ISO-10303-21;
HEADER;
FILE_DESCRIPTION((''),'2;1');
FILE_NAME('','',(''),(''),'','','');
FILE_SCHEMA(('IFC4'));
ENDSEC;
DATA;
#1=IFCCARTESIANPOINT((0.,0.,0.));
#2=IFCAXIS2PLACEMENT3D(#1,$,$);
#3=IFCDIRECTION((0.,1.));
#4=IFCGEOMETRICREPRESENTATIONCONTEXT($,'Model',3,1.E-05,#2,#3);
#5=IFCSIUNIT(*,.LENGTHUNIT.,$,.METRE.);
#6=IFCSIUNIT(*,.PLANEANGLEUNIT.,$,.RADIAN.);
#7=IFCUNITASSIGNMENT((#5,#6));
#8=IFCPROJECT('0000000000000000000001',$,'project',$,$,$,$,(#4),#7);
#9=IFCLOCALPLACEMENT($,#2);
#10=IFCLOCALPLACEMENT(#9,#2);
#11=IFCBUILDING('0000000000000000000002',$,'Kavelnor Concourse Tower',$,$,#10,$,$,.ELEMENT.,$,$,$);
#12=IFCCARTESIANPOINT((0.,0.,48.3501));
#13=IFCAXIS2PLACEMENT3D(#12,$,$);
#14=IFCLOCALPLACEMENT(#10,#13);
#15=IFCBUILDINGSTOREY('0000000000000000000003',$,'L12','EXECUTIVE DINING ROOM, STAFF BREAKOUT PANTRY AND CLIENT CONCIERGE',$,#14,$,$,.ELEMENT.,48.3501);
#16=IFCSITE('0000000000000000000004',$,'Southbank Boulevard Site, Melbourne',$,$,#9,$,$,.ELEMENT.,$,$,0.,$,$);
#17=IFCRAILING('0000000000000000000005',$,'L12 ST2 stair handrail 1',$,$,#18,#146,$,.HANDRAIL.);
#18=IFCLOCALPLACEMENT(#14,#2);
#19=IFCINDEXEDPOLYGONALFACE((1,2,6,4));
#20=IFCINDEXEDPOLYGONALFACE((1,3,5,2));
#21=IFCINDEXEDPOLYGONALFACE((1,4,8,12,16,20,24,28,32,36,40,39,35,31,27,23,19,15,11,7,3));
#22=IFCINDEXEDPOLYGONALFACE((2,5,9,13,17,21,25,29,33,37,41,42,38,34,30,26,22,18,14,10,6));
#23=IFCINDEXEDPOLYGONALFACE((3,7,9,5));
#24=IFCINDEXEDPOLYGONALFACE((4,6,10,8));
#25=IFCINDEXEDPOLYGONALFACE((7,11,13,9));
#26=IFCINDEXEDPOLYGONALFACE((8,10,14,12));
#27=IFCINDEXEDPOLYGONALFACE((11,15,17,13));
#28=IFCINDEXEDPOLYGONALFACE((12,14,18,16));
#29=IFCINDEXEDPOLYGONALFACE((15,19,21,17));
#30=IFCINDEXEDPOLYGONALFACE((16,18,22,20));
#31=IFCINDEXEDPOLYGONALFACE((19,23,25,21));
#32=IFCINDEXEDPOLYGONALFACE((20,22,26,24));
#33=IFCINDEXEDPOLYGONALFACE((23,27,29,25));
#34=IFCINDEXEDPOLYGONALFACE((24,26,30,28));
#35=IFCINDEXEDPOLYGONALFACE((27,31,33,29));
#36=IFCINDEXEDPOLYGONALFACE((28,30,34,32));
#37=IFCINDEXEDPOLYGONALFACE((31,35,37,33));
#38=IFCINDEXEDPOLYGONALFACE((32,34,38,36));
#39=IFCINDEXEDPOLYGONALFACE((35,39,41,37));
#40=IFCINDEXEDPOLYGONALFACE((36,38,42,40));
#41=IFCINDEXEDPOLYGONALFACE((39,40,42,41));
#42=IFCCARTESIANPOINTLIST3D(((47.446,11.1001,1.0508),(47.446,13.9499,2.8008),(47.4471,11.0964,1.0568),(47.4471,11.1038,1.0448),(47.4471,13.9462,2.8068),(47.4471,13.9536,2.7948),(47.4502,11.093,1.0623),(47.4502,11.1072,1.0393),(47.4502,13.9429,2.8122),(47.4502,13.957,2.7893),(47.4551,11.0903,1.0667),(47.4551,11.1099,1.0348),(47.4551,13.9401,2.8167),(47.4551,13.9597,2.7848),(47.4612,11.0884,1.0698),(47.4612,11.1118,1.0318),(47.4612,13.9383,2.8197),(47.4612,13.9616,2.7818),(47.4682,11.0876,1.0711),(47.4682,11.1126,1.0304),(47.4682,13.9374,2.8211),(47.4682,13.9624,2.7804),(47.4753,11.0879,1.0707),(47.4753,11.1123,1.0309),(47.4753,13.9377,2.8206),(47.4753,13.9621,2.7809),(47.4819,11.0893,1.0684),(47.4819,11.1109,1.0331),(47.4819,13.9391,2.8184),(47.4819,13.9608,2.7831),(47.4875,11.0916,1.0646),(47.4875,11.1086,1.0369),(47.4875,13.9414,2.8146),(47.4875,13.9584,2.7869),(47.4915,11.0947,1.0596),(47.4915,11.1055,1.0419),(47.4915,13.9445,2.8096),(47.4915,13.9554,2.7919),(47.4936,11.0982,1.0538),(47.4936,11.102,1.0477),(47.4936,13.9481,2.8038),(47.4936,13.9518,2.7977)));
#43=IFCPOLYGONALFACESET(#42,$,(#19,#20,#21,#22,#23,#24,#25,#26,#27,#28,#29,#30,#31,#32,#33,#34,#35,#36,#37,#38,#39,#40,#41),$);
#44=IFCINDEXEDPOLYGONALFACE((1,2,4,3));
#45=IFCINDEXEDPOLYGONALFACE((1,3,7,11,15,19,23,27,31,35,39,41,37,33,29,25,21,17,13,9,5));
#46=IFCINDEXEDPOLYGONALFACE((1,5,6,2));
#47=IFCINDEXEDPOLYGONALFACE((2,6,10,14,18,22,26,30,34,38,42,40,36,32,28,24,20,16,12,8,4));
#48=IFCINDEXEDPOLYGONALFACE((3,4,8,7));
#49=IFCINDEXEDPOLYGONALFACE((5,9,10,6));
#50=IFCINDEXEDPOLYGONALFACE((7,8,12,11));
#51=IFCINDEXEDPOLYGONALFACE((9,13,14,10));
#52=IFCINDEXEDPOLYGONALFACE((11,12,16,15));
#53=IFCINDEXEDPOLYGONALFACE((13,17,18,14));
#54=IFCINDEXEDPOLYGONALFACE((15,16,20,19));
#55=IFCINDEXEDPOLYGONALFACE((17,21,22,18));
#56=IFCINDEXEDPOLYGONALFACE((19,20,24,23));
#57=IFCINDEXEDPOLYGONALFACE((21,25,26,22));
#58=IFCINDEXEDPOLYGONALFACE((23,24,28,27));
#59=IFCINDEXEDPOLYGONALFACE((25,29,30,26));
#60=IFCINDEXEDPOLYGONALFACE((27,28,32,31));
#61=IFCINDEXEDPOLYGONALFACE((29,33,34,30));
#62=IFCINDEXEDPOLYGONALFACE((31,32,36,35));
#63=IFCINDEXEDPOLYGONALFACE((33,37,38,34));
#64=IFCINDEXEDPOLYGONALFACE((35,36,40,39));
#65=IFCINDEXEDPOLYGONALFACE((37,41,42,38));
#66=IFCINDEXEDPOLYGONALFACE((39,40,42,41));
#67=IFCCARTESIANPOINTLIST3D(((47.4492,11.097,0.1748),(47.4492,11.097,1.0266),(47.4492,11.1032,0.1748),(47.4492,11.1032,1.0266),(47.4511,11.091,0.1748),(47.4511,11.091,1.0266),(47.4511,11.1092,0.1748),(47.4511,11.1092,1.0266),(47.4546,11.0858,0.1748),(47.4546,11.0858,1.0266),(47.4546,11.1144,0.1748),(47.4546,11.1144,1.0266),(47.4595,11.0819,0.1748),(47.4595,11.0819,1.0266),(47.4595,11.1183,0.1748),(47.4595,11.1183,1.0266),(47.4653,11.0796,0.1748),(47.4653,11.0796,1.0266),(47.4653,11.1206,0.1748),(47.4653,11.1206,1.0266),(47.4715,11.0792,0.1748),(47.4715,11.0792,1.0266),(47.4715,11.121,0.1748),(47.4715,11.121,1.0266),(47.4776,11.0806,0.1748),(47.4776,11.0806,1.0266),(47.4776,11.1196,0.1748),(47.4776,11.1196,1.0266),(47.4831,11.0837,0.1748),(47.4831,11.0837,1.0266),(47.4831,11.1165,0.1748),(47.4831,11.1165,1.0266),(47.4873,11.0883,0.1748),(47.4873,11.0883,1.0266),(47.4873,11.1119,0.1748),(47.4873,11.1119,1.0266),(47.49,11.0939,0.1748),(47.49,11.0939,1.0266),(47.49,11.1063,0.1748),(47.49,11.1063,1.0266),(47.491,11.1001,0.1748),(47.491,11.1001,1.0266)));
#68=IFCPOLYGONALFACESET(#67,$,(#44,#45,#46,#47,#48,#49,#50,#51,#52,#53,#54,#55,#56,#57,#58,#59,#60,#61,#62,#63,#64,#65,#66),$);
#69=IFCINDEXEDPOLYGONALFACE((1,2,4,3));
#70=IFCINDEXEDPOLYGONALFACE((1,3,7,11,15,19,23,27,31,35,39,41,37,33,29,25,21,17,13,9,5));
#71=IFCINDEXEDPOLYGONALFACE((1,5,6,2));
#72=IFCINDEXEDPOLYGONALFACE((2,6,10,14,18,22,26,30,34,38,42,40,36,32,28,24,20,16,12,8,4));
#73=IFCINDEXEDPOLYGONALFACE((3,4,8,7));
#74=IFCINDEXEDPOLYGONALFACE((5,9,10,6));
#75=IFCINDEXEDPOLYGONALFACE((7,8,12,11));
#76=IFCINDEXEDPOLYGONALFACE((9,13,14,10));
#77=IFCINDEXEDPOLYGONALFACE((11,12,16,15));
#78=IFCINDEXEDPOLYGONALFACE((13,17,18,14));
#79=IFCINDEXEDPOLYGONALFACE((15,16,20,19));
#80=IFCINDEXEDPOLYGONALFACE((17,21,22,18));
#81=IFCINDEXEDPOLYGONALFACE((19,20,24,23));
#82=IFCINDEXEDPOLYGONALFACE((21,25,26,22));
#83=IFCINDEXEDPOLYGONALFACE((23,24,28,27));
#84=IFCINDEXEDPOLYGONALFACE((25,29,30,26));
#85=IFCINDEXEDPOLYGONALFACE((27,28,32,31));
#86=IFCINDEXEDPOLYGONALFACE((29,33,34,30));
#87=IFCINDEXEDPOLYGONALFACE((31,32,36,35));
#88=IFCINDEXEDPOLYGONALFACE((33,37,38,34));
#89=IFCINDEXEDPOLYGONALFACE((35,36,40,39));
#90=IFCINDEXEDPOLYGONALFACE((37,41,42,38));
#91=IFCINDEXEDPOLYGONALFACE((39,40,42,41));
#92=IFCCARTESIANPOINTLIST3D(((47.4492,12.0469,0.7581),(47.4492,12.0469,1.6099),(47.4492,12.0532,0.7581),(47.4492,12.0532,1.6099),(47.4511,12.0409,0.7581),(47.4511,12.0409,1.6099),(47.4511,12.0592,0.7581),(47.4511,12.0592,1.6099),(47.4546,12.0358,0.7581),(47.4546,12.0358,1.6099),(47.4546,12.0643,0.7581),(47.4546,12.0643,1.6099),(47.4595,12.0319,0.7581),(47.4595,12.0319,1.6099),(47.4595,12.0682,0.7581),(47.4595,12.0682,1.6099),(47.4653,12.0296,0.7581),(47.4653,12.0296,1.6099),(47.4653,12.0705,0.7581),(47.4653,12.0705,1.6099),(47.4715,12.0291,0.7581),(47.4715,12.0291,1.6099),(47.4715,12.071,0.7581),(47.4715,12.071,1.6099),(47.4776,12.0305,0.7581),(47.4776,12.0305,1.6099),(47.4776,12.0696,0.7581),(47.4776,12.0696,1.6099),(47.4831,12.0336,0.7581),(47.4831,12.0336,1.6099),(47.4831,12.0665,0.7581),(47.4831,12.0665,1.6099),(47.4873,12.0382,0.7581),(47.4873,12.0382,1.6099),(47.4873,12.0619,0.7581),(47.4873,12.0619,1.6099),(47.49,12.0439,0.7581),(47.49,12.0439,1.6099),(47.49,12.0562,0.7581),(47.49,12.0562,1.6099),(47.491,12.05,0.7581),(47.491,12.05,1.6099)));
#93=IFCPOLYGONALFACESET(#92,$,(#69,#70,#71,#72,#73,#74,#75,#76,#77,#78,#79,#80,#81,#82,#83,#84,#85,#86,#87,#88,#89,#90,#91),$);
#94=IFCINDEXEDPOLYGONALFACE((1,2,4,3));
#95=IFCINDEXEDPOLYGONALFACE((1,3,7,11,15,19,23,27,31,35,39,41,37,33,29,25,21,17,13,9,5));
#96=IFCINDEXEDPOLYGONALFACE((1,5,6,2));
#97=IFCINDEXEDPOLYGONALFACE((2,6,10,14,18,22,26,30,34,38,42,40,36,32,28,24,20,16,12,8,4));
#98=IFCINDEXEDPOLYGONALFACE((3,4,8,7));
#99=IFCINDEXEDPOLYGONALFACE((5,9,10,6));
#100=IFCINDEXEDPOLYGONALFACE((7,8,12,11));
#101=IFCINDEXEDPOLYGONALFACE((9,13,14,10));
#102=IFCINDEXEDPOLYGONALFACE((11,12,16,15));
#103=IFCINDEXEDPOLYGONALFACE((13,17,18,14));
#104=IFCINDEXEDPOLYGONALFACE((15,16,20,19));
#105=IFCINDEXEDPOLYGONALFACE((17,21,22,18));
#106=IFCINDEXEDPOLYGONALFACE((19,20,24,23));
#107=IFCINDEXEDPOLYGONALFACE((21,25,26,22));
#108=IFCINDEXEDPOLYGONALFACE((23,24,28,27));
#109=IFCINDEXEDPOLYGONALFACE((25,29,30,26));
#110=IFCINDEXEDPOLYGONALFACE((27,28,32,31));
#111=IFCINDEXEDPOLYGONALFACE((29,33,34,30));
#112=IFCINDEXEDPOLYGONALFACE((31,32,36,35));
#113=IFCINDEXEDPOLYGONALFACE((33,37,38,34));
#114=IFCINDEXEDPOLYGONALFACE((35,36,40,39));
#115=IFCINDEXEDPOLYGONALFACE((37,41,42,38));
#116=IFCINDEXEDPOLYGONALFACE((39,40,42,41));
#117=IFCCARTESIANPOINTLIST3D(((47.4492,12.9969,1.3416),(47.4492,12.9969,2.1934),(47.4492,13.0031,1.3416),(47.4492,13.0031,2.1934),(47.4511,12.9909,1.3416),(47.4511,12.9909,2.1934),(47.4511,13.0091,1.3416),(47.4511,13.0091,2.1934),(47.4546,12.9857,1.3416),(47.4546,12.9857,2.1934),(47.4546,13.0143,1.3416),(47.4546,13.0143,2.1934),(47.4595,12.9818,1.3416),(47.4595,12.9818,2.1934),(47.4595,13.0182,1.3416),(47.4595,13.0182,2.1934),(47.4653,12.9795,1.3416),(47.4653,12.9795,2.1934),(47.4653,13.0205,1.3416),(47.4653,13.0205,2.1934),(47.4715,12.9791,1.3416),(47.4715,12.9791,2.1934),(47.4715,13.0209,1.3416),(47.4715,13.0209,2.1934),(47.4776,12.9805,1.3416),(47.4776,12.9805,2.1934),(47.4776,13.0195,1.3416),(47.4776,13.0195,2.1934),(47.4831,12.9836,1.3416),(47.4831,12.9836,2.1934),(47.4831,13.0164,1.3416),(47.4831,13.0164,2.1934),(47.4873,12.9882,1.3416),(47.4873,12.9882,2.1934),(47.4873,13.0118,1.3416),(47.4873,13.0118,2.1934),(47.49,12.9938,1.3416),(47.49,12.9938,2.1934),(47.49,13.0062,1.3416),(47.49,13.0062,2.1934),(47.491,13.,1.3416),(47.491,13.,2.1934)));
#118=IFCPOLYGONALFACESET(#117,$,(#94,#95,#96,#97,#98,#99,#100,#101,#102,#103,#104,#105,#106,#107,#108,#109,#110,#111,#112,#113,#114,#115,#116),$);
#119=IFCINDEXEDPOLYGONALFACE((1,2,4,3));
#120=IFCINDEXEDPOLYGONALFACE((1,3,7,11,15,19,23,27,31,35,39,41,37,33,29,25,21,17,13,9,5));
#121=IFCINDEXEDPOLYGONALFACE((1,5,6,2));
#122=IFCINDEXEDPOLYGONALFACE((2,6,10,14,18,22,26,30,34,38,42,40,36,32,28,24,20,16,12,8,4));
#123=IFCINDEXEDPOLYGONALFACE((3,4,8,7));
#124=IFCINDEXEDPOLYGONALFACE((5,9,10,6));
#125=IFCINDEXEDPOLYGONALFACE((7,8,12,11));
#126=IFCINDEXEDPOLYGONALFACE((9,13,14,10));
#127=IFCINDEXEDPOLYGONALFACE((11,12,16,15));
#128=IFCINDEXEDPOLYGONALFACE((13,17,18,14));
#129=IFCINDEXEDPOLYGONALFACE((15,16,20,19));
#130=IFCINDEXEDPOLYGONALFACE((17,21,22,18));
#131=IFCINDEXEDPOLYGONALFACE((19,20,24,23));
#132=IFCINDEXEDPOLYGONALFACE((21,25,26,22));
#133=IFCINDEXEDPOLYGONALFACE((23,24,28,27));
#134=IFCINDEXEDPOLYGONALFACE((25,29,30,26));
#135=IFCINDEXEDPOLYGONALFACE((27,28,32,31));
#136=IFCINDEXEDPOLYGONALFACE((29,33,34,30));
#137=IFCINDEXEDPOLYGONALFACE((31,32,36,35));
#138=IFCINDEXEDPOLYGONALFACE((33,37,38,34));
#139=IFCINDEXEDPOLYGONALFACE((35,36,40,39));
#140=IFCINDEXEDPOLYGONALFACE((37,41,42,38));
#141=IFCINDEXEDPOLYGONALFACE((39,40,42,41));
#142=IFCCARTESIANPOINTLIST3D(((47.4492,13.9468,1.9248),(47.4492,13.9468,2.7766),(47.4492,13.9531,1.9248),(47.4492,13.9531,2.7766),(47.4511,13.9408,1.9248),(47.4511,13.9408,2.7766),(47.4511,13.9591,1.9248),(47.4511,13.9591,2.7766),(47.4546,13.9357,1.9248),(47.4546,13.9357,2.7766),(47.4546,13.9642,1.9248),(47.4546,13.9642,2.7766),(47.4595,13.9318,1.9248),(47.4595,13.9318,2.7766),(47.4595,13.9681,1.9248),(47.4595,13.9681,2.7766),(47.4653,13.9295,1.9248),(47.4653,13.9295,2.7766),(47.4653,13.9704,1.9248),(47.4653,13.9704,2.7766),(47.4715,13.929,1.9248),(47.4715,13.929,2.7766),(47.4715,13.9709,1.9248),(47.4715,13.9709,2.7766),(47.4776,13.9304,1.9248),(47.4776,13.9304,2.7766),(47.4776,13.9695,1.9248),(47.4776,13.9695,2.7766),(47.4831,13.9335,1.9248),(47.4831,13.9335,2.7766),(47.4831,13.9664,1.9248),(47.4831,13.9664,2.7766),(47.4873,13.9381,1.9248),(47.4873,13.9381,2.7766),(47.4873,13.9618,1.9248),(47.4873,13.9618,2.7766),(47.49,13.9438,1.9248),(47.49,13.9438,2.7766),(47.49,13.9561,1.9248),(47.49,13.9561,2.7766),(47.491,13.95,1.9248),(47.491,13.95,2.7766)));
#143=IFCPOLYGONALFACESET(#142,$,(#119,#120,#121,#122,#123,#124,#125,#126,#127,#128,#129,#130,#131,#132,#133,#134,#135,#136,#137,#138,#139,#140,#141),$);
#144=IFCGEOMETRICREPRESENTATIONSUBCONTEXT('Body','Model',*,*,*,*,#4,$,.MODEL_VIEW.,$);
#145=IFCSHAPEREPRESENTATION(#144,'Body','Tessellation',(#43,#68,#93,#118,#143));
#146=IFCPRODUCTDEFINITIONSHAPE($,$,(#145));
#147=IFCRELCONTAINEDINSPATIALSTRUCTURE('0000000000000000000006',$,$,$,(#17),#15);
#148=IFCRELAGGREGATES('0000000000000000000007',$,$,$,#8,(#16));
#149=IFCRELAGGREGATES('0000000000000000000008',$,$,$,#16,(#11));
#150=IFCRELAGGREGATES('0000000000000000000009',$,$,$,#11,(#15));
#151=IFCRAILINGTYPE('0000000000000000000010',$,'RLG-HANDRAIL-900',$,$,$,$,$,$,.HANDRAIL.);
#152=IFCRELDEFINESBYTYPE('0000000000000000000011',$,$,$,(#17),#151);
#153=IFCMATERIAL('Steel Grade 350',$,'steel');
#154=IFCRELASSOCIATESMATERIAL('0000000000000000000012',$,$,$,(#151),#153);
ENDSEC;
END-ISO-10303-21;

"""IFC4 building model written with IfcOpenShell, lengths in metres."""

from ifc_helpers import new_model, si_unit, direction, frame, origin, origin_2d, place, context, subcontext, project, spatial, circle, extrude, material, type_object, element, save


model = new_model("IFC4")

# Units and contexts
model_context = context("Model", 3, precision=1e-05, world=origin(), true_north=direction((0.0, 1.0)))
body_context = subcontext(model_context, "Body", "Model", "MODEL_VIEW")
ifc_project = project(units=[si_unit("LENGTHUNIT", "METRE"), si_unit("PLANEANGLEUNIT", "RADIAN")], contexts=[model_context])

# Site, building, storey
site_placement = place(None, origin())
site = spatial("IfcSite", under=ifc_project, at=site_placement, Name="Southbank Boulevard Site, Melbourne", CompositionType="ELEMENT", RefElevation=0.0)
building_placement = place(site_placement, origin())
building = spatial("IfcBuilding", under=site, at=building_placement, Name="Kavelnor Concourse Tower", CompositionType="ELEMENT")
storey_placement = place(building_placement, frame((0.0, 0.0, 48.3501)))
storey = spatial("IfcBuildingStorey", under=building, at=storey_placement, Name="L12", Description="EXECUTIVE DINING ROOM, STAFF BREAKOUT PANTRY AND CLIENT CONCIERGE", CompositionType="ELEMENT", Elevation=48.3501)

# Shared definitions
ifc_material_1 = material(Name="Steel Grade 350", Category="steel")

# Railing
railing_type_1 = type_object("IfcRailingType", Name="RLG-HANDRAIL-900", PredefinedType="HANDRAIL", material=ifc_material_1)
railing_1_placement = place(storey_placement, frame((47.47, 11.1001, 0.1748)))
element("IfcRailing", 1, at=railing_1_placement, inside=storey, type_object=railing_type_1, Name="L12 ST2 stair handrail 1", PredefinedType="HANDRAIL", context=body_context, shape_type="SweptSolid", body=[
    extrude(circle(Radius=0.0239, at=origin_2d()), frame((0.0, 0.0, 0.876), z_axis=(0.0, 0.852159, 0.523283), x_axis=(-1.0, 0.0, 0.0)), (0.0, 0.0, 1.0), 3.3442),
    extrude(circle(Radius=0.021, at=origin_2d()), origin(), (0.0, 0.0, 1.0), 0.8518),
    extrude(circle(Radius=0.021, at=origin_2d()), frame((0.0, 0.95, 0.5833)), (0.0, 0.0, 1.0), 0.8518),
    extrude(circle(Radius=0.021, at=origin_2d()), frame((0.0, 1.8999, 1.1667)), (0.0, 0.0, 1.0), 0.8518),
    extrude(circle(Radius=0.021, at=origin_2d()), frame((0.0, 2.8499, 1.75)), (0.0, 0.0, 1.0), 0.8518),
])

save(model, "model.ifc")
